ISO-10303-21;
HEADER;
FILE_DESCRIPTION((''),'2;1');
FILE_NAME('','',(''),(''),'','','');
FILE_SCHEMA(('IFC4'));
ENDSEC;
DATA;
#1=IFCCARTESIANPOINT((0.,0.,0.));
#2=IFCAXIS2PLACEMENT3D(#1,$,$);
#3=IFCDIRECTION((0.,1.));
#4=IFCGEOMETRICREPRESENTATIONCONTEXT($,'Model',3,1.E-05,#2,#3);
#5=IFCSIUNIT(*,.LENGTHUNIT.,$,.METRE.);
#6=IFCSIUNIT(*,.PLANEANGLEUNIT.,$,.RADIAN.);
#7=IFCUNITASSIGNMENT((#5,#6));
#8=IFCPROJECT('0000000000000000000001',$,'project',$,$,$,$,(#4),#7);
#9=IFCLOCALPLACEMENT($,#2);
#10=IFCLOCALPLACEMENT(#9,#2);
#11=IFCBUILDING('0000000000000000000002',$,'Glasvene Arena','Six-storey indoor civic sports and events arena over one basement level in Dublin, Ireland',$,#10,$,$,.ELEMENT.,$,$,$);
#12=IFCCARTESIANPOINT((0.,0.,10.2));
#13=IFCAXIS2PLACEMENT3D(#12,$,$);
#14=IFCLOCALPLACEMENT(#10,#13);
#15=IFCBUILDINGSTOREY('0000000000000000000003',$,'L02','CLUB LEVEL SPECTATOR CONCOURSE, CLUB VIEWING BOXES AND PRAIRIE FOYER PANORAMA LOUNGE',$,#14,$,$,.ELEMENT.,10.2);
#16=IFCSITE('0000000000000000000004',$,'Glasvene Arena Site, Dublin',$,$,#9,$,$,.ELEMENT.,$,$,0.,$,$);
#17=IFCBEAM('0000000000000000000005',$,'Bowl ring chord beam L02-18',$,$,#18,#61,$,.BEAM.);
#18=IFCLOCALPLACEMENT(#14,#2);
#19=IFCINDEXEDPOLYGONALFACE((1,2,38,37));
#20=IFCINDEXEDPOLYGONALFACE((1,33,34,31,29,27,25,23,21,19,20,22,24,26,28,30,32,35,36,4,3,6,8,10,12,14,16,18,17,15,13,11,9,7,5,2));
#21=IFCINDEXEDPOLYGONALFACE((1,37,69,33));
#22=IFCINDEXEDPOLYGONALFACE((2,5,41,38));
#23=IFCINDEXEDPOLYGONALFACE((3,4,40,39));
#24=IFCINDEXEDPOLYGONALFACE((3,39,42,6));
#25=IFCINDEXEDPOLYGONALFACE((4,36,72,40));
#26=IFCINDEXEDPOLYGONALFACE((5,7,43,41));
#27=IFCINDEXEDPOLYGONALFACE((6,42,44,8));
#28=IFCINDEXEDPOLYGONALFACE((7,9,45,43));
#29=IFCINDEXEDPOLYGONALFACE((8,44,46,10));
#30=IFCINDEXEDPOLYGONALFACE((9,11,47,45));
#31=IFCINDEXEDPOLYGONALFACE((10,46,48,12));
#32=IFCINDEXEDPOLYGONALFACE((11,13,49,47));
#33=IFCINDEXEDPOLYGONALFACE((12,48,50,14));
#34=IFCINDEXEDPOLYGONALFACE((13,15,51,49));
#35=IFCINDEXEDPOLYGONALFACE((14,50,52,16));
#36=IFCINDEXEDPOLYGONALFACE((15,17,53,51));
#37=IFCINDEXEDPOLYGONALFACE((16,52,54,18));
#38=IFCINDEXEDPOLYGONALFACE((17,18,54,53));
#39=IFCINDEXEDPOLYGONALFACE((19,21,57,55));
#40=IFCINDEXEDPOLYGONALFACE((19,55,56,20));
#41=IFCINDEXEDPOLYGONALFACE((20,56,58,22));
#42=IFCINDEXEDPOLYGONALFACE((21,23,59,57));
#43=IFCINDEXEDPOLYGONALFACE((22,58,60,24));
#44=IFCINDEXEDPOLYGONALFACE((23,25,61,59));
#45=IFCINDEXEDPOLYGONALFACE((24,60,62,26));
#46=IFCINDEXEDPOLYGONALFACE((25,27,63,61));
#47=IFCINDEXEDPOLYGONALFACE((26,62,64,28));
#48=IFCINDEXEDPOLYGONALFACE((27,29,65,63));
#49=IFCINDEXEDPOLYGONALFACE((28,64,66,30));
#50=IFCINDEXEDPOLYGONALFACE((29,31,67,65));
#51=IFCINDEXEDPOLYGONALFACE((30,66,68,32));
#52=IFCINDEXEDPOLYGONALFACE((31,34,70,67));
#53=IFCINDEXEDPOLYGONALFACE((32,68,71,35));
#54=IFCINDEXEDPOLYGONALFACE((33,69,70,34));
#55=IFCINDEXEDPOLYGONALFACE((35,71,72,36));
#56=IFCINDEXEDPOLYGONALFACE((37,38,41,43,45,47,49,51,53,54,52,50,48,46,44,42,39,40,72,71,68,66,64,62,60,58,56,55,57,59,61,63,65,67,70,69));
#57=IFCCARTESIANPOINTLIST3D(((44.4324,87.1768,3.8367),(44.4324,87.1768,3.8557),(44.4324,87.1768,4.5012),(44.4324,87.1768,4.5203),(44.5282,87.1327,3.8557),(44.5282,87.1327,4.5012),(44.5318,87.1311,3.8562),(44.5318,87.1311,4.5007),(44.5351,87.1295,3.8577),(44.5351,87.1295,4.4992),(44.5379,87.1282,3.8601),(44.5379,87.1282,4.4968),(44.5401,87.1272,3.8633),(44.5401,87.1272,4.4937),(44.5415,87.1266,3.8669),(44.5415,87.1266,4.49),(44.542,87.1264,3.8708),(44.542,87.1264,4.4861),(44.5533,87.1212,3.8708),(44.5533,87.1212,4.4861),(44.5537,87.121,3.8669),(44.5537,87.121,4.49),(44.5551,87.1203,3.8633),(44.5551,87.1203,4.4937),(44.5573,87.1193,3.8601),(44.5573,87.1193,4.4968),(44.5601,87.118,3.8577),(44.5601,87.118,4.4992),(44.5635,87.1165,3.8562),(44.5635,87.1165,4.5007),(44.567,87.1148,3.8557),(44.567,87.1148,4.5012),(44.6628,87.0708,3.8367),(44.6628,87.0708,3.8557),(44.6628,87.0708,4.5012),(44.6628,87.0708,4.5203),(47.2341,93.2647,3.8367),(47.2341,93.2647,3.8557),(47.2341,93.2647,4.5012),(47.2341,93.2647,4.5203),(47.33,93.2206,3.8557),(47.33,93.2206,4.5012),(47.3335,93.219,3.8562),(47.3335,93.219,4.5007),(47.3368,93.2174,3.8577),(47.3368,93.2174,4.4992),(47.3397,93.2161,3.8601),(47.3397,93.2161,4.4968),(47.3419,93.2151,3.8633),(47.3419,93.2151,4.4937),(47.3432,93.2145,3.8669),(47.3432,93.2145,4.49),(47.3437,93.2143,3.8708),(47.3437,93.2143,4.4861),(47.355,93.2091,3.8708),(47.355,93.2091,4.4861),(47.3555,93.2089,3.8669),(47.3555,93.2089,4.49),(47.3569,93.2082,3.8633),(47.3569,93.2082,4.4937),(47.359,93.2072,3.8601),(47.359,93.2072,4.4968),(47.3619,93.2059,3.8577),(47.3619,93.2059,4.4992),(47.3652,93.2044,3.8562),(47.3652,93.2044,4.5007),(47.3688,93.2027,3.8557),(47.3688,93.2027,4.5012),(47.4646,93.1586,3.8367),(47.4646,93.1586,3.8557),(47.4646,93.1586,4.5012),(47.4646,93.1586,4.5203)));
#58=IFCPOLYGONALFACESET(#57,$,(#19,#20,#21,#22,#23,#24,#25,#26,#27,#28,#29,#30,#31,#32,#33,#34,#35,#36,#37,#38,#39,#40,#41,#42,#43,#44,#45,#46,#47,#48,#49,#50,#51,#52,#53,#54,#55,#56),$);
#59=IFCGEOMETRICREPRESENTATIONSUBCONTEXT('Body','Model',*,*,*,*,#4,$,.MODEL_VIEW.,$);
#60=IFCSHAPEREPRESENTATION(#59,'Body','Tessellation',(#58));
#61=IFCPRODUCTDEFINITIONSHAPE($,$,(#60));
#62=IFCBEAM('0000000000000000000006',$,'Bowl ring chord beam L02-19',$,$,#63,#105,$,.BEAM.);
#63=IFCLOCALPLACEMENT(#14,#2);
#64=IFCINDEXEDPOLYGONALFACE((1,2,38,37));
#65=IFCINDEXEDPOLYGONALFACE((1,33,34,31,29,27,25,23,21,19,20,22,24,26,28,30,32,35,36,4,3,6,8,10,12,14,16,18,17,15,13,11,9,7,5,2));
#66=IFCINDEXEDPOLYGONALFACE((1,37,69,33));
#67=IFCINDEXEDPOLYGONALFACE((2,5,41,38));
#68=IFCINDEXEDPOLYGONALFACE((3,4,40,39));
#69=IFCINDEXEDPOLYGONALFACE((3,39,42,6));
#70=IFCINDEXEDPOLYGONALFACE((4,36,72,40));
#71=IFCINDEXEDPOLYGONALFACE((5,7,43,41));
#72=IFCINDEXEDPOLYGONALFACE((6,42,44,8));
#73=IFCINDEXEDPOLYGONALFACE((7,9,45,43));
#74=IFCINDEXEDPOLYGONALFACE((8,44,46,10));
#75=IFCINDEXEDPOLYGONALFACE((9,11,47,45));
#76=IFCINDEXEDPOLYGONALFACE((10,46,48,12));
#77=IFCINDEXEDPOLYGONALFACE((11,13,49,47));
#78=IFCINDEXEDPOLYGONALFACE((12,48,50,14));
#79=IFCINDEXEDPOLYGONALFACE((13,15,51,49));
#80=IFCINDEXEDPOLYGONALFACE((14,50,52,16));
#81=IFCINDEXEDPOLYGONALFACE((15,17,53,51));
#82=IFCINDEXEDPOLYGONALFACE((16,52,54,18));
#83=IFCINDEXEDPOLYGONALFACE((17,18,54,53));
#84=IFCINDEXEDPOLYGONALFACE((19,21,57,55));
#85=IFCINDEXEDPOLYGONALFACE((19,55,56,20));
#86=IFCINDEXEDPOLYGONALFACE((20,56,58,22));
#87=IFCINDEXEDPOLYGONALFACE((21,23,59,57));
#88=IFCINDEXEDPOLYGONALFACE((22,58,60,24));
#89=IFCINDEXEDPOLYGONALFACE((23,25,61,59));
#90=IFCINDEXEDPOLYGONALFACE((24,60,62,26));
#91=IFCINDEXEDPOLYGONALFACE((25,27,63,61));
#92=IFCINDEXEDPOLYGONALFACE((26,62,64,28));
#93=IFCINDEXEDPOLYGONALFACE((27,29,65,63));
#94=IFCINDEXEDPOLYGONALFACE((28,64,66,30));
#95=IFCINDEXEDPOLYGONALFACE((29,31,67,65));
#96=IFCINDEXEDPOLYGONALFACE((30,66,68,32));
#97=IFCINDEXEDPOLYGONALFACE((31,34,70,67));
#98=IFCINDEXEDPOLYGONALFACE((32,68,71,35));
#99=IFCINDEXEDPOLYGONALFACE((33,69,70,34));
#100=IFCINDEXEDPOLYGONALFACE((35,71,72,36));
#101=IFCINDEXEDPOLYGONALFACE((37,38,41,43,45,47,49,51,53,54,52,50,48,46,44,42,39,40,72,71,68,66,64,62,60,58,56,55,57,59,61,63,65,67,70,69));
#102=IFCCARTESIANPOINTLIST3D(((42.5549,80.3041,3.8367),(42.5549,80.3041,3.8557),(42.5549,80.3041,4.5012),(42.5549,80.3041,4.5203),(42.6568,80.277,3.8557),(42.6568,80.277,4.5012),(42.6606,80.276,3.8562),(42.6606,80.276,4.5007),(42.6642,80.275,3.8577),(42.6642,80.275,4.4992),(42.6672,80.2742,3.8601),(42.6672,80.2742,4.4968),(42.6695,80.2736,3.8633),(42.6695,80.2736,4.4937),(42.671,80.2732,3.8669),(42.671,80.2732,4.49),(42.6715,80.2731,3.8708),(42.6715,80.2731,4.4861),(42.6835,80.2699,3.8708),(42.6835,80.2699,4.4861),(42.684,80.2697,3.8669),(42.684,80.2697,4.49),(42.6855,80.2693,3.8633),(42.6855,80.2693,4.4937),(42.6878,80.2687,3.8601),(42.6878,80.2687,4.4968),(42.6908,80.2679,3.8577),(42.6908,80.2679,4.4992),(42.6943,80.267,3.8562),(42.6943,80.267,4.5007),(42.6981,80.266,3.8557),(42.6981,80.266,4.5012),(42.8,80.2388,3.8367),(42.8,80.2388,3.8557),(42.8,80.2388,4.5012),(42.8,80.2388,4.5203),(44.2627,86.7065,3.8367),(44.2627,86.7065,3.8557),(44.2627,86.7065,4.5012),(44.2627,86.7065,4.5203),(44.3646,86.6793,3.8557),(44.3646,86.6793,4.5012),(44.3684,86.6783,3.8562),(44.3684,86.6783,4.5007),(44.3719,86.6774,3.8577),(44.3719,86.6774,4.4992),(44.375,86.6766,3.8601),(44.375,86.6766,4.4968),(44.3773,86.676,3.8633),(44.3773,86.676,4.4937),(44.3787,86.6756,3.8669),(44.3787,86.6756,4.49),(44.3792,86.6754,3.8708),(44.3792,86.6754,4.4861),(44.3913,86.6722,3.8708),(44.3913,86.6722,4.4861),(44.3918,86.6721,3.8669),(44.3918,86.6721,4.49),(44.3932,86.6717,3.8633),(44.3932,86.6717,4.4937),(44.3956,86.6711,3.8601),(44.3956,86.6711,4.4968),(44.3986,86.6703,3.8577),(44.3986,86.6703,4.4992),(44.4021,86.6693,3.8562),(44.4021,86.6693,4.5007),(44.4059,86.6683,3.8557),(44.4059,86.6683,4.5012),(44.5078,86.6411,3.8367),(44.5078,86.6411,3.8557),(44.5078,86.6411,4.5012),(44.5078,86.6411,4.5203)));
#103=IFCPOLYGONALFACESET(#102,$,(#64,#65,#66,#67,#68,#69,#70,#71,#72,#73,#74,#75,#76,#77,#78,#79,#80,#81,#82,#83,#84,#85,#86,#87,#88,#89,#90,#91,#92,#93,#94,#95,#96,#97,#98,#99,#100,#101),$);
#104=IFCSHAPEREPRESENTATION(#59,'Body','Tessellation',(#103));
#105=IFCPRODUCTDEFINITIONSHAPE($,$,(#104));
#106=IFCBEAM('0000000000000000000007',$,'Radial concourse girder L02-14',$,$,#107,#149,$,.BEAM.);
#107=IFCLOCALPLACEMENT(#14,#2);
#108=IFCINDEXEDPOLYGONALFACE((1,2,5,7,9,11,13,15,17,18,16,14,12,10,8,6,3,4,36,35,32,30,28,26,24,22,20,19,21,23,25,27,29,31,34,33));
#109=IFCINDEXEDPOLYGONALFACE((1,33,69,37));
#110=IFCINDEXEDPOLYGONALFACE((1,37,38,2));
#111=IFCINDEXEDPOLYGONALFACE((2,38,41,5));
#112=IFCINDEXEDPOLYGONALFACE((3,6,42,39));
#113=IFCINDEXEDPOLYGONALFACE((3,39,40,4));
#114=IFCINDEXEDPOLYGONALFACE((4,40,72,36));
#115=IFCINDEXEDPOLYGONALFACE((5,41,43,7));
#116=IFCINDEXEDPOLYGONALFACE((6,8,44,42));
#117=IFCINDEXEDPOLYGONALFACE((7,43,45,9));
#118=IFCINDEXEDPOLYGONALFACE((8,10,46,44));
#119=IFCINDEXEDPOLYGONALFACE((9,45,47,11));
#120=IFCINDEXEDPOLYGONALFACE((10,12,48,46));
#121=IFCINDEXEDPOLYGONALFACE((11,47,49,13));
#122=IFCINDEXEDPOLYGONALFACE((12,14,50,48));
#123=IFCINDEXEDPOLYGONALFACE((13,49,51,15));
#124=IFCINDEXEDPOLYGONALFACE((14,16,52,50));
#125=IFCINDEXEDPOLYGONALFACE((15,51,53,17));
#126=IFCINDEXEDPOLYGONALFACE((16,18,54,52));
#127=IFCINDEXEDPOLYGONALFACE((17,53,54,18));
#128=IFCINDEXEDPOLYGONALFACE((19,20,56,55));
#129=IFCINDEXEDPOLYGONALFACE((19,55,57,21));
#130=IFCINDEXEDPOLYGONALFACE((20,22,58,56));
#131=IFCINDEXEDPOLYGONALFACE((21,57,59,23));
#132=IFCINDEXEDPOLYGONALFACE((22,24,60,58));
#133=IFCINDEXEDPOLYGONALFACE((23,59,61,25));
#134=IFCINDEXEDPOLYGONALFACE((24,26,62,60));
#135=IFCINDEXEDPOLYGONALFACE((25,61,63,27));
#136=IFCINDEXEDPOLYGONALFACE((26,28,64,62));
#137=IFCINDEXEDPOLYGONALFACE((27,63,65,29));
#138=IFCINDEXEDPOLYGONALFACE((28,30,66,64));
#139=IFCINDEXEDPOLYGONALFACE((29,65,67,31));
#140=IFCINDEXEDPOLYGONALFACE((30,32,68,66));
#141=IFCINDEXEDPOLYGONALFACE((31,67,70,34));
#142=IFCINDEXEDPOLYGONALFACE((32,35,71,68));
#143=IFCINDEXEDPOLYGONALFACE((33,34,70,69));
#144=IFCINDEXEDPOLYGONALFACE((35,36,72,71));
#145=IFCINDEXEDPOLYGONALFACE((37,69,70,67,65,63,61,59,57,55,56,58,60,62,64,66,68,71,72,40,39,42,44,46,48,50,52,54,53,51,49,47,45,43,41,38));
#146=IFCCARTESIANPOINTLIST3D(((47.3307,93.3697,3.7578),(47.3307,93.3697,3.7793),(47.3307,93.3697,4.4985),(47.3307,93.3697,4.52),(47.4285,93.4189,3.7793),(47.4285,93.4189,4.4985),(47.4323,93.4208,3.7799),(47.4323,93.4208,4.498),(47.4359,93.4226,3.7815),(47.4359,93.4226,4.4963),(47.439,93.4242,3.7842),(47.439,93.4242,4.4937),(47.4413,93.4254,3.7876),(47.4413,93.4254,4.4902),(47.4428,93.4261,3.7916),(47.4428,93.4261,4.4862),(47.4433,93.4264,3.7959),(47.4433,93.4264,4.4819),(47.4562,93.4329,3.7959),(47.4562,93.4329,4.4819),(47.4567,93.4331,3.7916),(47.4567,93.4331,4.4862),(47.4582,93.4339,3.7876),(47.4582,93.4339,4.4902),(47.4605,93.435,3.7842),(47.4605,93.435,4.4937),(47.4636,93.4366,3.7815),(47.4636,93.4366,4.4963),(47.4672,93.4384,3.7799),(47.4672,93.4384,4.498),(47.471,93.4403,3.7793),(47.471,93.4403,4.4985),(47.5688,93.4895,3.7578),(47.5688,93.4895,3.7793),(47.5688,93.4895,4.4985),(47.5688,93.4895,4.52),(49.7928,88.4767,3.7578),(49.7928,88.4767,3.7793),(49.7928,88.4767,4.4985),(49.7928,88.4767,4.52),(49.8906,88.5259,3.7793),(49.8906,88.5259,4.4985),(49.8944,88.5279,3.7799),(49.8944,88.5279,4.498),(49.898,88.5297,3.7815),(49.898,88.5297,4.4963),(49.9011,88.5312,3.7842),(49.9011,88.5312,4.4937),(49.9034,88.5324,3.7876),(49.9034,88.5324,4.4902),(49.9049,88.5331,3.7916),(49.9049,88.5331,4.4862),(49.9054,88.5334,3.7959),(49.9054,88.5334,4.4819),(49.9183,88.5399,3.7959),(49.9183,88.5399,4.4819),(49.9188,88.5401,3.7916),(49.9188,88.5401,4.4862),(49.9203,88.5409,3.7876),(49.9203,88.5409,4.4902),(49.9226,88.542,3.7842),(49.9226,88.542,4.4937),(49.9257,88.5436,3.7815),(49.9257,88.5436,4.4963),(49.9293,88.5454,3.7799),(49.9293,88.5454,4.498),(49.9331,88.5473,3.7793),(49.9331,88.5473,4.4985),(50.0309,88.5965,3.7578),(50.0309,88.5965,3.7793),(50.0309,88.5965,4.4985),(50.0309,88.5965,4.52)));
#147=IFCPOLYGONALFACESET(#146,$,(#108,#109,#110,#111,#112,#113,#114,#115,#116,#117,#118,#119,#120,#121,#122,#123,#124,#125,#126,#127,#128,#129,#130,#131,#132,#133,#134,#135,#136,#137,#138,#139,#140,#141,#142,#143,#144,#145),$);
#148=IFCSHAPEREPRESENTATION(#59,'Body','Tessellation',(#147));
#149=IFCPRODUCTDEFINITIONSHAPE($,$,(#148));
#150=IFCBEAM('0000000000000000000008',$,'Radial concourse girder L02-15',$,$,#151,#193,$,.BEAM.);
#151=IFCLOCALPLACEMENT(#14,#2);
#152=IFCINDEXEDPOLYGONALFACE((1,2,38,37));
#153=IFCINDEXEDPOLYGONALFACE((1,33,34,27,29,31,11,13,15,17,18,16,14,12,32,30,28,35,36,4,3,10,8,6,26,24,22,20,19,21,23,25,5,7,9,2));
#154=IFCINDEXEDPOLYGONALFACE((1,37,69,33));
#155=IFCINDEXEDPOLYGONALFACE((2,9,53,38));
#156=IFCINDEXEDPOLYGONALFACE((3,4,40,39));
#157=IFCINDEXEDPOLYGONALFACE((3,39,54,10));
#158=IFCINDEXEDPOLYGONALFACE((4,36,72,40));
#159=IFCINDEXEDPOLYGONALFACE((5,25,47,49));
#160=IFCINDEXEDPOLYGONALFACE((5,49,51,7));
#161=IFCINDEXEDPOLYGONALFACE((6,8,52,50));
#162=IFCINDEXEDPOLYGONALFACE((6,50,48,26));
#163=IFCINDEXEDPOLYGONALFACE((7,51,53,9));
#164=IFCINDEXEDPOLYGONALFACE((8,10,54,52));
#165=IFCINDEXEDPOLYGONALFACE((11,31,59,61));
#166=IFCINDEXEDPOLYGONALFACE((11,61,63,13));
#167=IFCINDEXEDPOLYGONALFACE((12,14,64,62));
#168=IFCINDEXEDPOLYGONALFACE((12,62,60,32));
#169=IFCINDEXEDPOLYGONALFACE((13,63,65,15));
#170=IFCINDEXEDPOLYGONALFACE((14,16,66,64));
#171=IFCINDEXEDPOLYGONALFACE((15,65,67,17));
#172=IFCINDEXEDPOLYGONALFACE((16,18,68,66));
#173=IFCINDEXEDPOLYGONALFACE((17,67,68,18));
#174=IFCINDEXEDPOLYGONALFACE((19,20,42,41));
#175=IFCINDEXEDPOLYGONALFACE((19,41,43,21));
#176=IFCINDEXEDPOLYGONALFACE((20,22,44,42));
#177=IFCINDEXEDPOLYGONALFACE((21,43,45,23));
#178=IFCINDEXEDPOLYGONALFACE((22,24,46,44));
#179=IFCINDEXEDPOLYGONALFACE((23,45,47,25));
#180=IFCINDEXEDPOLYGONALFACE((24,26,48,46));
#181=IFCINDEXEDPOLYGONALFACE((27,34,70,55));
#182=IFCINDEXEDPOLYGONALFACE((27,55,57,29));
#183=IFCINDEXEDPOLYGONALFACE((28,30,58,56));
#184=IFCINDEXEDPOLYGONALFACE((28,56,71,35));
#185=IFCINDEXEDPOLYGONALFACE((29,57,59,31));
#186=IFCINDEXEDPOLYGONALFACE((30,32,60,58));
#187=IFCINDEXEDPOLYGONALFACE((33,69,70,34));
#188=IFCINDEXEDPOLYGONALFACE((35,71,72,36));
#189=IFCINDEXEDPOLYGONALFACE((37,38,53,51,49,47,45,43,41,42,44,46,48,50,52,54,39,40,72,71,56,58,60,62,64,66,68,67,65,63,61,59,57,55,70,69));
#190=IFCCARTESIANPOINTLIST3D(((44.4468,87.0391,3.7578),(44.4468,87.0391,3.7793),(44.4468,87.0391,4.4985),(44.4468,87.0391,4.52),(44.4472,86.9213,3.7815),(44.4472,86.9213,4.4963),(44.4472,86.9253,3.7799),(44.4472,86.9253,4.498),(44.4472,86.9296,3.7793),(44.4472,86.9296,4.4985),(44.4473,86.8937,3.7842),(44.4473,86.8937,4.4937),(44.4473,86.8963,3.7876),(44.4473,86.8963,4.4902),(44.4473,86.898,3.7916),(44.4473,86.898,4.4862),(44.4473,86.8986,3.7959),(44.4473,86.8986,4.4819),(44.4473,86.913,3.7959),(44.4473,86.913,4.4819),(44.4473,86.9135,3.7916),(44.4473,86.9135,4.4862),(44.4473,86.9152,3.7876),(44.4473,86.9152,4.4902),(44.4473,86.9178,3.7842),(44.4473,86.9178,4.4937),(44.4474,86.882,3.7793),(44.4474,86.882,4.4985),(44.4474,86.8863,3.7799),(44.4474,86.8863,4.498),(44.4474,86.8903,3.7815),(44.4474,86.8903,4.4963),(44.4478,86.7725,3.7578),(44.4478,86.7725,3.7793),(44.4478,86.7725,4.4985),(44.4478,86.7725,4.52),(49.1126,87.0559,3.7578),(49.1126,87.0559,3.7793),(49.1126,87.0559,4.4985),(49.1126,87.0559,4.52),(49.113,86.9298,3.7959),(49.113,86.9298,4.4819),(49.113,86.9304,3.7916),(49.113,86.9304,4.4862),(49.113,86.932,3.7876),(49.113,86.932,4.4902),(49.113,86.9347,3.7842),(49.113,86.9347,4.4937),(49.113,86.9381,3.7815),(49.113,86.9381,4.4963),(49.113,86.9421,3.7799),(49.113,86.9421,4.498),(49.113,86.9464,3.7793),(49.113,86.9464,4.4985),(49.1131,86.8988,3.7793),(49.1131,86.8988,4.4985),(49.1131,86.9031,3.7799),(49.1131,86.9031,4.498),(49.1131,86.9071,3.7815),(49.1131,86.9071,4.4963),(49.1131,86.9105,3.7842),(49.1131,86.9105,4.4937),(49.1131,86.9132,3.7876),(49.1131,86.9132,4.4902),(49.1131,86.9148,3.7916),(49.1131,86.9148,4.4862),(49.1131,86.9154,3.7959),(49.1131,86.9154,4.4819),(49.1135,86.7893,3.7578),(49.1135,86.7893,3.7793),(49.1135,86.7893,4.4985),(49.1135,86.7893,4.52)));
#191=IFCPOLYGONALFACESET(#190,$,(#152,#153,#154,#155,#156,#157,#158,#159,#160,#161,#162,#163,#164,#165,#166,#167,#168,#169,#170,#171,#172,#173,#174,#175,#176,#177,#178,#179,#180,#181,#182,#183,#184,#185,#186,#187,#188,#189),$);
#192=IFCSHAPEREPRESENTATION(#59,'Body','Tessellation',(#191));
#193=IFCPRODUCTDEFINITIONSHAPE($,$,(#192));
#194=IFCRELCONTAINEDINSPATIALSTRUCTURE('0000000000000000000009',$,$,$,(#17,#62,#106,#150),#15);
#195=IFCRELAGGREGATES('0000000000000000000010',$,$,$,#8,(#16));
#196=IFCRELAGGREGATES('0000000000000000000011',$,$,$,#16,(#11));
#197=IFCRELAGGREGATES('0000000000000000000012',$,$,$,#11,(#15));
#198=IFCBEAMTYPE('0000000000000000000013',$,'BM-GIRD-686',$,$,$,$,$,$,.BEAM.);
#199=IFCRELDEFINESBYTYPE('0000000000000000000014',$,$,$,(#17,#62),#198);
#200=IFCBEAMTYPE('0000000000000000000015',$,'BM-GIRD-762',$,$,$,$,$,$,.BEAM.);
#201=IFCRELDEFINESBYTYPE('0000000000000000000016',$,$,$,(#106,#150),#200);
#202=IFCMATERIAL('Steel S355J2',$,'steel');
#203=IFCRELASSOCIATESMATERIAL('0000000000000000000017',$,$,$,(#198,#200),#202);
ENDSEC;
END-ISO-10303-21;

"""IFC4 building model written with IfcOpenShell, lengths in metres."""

from ifc_helpers import new_model, si_unit, direction, frame, origin, origin_2d, place, context, subcontext, project, spatial, i_section, extrude, material, material_profile, profile_set, type_object, element, save


model = new_model("IFC4")

# Units and contexts
model_context = context("Model", 3, precision=1e-05, world=origin(), true_north=direction((0.0, 1.0)))
body_context = subcontext(model_context, "Body", "Model", "MODEL_VIEW")
ifc_project = project(units=[si_unit("LENGTHUNIT", "METRE"), si_unit("PLANEANGLEUNIT", "RADIAN")], contexts=[model_context])

# Site, building, storey
site_placement = place(None, origin())
site = spatial("IfcSite", under=ifc_project, at=site_placement, Name="Glasvene Arena Site, Dublin", CompositionType="ELEMENT", RefElevation=0.0)
building_placement = place(site_placement, origin())
building = spatial("IfcBuilding", under=site, at=building_placement, Name="Glasvene Arena", Description="Six-storey indoor civic sports and events arena over one basement level in Dublin, Ireland", CompositionType="ELEMENT")
storey_placement = place(building_placement, frame((0.0, 0.0, 10.2)))
storey = spatial("IfcBuildingStorey", under=building, at=storey_placement, Name="L02", Description="CLUB LEVEL SPECTATOR CONCOURSE, CLUB VIEWING BOXES AND PRAIRIE FOYER PANORAMA LOUNGE", CompositionType="ELEMENT", Elevation=10.2)

# Shared definitions
ifc_material_1 = material(Name="Steel S355J2", Category="steel")

# Beams
ifc_material_profile_1 = material_profile(ifc_material_1, i_section(OverallWidth=0.2537, OverallDepth=0.6836, WebThickness=0.0125, FlangeThickness=0.019, FilletRadius=0.0151, at=origin_2d()), Name="UKB 686x254x140")
ifc_profile_set_1 = profile_set([ifc_material_profile_1], Name="Steel S355J2")
beam_type_1 = type_object("IfcBeamType", Name="BM-GIRD-686", PredefinedType="BEAM", material=ifc_profile_set_1)
beam_1_placement = place(storey_placement, frame((47.3494, 93.2117, 4.1785), z_axis=(-0.418069, -0.908415, 0.0), x_axis=(0.908415, -0.418069, 0.0)))
element("IfcBeam", 1, at=beam_1_placement, inside=storey, type_object=beam_type_1, Name="Bowl ring chord beam L02-18", PredefinedType="BEAM", context=body_context, shape_type="SweptSolid", body=[
    extrude(i_section(OverallWidth=0.2537, OverallDepth=0.6836, WebThickness=0.0125, FlangeThickness=0.019, FilletRadius=0.0151, at=origin_2d()), origin(), (0.0, 0.0, 1.0), 6.7017),
])
beam_2_placement = place(storey_placement, frame((44.3853, 86.6738, 4.1785), z_axis=(-0.257729, -0.966217, 0.0), x_axis=(0.966217, -0.257729, 0.0)))
element("IfcBeam", 2, at=beam_2_placement, inside=storey, type_object=beam_type_1, Name="Bowl ring chord beam L02-19", PredefinedType="BEAM", context=body_context, shape_type="SweptSolid", body=[
    extrude(i_section(OverallWidth=0.2537, OverallDepth=0.6836, WebThickness=0.0125, FlangeThickness=0.019, FilletRadius=0.0151, at=origin_2d()), origin(), (0.0, 0.0, 1.0), 6.6262),
])
ifc_material_profile_2 = material_profile(ifc_material_1, i_section(OverallWidth=0.2666, OverallDepth=0.7622, WebThickness=0.0144, FlangeThickness=0.0215, FilletRadius=0.0166, at=origin_2d()), Name="UKB 762x267x173")
ifc_profile_set_2 = profile_set([ifc_material_profile_2], Name="Steel S355J2")
beam_type_2 = type_object("IfcBeamType", Name="BM-GIRD-762", PredefinedType="BEAM", material=ifc_profile_set_2)
beam_3_placement = place(storey_placement, frame((49.9119, 88.5366, 4.1389), z_axis=(-0.449494, 0.893283, 0.0), x_axis=(-0.893283, -0.449494, 0.0)))
element("IfcBeam", 3, at=beam_3_placement, inside=storey, type_object=beam_type_2, Name="Radial concourse girder L02-14", PredefinedType="BEAM", context=body_context, shape_type="SweptSolid", body=[
    extrude(i_section(OverallWidth=0.2666, OverallDepth=0.7622, WebThickness=0.0144, FlangeThickness=0.0215, FilletRadius=0.0166, at=origin_2d()), origin(), (0.0, 0.0, 1.0), 5.4775),
])
beam_4_placement = place(storey_placement, frame((49.113, 86.9226, 4.1389), z_axis=(-0.999993, -0.00361, 0.0), x_axis=(0.00361, -0.999993, 0.0)))
element("IfcBeam", 4, at=beam_4_placement, inside=storey, type_object=beam_type_2, Name="Radial concourse girder L02-15", PredefinedType="BEAM", context=body_context, shape_type="SweptSolid", body=[
    extrude(i_section(OverallWidth=0.2666, OverallDepth=0.7622, WebThickness=0.0144, FlangeThickness=0.0215, FilletRadius=0.0166, at=origin_2d()), origin(), (0.0, 0.0, 1.0), 4.6658),
])

save(model, "model.ifc")
